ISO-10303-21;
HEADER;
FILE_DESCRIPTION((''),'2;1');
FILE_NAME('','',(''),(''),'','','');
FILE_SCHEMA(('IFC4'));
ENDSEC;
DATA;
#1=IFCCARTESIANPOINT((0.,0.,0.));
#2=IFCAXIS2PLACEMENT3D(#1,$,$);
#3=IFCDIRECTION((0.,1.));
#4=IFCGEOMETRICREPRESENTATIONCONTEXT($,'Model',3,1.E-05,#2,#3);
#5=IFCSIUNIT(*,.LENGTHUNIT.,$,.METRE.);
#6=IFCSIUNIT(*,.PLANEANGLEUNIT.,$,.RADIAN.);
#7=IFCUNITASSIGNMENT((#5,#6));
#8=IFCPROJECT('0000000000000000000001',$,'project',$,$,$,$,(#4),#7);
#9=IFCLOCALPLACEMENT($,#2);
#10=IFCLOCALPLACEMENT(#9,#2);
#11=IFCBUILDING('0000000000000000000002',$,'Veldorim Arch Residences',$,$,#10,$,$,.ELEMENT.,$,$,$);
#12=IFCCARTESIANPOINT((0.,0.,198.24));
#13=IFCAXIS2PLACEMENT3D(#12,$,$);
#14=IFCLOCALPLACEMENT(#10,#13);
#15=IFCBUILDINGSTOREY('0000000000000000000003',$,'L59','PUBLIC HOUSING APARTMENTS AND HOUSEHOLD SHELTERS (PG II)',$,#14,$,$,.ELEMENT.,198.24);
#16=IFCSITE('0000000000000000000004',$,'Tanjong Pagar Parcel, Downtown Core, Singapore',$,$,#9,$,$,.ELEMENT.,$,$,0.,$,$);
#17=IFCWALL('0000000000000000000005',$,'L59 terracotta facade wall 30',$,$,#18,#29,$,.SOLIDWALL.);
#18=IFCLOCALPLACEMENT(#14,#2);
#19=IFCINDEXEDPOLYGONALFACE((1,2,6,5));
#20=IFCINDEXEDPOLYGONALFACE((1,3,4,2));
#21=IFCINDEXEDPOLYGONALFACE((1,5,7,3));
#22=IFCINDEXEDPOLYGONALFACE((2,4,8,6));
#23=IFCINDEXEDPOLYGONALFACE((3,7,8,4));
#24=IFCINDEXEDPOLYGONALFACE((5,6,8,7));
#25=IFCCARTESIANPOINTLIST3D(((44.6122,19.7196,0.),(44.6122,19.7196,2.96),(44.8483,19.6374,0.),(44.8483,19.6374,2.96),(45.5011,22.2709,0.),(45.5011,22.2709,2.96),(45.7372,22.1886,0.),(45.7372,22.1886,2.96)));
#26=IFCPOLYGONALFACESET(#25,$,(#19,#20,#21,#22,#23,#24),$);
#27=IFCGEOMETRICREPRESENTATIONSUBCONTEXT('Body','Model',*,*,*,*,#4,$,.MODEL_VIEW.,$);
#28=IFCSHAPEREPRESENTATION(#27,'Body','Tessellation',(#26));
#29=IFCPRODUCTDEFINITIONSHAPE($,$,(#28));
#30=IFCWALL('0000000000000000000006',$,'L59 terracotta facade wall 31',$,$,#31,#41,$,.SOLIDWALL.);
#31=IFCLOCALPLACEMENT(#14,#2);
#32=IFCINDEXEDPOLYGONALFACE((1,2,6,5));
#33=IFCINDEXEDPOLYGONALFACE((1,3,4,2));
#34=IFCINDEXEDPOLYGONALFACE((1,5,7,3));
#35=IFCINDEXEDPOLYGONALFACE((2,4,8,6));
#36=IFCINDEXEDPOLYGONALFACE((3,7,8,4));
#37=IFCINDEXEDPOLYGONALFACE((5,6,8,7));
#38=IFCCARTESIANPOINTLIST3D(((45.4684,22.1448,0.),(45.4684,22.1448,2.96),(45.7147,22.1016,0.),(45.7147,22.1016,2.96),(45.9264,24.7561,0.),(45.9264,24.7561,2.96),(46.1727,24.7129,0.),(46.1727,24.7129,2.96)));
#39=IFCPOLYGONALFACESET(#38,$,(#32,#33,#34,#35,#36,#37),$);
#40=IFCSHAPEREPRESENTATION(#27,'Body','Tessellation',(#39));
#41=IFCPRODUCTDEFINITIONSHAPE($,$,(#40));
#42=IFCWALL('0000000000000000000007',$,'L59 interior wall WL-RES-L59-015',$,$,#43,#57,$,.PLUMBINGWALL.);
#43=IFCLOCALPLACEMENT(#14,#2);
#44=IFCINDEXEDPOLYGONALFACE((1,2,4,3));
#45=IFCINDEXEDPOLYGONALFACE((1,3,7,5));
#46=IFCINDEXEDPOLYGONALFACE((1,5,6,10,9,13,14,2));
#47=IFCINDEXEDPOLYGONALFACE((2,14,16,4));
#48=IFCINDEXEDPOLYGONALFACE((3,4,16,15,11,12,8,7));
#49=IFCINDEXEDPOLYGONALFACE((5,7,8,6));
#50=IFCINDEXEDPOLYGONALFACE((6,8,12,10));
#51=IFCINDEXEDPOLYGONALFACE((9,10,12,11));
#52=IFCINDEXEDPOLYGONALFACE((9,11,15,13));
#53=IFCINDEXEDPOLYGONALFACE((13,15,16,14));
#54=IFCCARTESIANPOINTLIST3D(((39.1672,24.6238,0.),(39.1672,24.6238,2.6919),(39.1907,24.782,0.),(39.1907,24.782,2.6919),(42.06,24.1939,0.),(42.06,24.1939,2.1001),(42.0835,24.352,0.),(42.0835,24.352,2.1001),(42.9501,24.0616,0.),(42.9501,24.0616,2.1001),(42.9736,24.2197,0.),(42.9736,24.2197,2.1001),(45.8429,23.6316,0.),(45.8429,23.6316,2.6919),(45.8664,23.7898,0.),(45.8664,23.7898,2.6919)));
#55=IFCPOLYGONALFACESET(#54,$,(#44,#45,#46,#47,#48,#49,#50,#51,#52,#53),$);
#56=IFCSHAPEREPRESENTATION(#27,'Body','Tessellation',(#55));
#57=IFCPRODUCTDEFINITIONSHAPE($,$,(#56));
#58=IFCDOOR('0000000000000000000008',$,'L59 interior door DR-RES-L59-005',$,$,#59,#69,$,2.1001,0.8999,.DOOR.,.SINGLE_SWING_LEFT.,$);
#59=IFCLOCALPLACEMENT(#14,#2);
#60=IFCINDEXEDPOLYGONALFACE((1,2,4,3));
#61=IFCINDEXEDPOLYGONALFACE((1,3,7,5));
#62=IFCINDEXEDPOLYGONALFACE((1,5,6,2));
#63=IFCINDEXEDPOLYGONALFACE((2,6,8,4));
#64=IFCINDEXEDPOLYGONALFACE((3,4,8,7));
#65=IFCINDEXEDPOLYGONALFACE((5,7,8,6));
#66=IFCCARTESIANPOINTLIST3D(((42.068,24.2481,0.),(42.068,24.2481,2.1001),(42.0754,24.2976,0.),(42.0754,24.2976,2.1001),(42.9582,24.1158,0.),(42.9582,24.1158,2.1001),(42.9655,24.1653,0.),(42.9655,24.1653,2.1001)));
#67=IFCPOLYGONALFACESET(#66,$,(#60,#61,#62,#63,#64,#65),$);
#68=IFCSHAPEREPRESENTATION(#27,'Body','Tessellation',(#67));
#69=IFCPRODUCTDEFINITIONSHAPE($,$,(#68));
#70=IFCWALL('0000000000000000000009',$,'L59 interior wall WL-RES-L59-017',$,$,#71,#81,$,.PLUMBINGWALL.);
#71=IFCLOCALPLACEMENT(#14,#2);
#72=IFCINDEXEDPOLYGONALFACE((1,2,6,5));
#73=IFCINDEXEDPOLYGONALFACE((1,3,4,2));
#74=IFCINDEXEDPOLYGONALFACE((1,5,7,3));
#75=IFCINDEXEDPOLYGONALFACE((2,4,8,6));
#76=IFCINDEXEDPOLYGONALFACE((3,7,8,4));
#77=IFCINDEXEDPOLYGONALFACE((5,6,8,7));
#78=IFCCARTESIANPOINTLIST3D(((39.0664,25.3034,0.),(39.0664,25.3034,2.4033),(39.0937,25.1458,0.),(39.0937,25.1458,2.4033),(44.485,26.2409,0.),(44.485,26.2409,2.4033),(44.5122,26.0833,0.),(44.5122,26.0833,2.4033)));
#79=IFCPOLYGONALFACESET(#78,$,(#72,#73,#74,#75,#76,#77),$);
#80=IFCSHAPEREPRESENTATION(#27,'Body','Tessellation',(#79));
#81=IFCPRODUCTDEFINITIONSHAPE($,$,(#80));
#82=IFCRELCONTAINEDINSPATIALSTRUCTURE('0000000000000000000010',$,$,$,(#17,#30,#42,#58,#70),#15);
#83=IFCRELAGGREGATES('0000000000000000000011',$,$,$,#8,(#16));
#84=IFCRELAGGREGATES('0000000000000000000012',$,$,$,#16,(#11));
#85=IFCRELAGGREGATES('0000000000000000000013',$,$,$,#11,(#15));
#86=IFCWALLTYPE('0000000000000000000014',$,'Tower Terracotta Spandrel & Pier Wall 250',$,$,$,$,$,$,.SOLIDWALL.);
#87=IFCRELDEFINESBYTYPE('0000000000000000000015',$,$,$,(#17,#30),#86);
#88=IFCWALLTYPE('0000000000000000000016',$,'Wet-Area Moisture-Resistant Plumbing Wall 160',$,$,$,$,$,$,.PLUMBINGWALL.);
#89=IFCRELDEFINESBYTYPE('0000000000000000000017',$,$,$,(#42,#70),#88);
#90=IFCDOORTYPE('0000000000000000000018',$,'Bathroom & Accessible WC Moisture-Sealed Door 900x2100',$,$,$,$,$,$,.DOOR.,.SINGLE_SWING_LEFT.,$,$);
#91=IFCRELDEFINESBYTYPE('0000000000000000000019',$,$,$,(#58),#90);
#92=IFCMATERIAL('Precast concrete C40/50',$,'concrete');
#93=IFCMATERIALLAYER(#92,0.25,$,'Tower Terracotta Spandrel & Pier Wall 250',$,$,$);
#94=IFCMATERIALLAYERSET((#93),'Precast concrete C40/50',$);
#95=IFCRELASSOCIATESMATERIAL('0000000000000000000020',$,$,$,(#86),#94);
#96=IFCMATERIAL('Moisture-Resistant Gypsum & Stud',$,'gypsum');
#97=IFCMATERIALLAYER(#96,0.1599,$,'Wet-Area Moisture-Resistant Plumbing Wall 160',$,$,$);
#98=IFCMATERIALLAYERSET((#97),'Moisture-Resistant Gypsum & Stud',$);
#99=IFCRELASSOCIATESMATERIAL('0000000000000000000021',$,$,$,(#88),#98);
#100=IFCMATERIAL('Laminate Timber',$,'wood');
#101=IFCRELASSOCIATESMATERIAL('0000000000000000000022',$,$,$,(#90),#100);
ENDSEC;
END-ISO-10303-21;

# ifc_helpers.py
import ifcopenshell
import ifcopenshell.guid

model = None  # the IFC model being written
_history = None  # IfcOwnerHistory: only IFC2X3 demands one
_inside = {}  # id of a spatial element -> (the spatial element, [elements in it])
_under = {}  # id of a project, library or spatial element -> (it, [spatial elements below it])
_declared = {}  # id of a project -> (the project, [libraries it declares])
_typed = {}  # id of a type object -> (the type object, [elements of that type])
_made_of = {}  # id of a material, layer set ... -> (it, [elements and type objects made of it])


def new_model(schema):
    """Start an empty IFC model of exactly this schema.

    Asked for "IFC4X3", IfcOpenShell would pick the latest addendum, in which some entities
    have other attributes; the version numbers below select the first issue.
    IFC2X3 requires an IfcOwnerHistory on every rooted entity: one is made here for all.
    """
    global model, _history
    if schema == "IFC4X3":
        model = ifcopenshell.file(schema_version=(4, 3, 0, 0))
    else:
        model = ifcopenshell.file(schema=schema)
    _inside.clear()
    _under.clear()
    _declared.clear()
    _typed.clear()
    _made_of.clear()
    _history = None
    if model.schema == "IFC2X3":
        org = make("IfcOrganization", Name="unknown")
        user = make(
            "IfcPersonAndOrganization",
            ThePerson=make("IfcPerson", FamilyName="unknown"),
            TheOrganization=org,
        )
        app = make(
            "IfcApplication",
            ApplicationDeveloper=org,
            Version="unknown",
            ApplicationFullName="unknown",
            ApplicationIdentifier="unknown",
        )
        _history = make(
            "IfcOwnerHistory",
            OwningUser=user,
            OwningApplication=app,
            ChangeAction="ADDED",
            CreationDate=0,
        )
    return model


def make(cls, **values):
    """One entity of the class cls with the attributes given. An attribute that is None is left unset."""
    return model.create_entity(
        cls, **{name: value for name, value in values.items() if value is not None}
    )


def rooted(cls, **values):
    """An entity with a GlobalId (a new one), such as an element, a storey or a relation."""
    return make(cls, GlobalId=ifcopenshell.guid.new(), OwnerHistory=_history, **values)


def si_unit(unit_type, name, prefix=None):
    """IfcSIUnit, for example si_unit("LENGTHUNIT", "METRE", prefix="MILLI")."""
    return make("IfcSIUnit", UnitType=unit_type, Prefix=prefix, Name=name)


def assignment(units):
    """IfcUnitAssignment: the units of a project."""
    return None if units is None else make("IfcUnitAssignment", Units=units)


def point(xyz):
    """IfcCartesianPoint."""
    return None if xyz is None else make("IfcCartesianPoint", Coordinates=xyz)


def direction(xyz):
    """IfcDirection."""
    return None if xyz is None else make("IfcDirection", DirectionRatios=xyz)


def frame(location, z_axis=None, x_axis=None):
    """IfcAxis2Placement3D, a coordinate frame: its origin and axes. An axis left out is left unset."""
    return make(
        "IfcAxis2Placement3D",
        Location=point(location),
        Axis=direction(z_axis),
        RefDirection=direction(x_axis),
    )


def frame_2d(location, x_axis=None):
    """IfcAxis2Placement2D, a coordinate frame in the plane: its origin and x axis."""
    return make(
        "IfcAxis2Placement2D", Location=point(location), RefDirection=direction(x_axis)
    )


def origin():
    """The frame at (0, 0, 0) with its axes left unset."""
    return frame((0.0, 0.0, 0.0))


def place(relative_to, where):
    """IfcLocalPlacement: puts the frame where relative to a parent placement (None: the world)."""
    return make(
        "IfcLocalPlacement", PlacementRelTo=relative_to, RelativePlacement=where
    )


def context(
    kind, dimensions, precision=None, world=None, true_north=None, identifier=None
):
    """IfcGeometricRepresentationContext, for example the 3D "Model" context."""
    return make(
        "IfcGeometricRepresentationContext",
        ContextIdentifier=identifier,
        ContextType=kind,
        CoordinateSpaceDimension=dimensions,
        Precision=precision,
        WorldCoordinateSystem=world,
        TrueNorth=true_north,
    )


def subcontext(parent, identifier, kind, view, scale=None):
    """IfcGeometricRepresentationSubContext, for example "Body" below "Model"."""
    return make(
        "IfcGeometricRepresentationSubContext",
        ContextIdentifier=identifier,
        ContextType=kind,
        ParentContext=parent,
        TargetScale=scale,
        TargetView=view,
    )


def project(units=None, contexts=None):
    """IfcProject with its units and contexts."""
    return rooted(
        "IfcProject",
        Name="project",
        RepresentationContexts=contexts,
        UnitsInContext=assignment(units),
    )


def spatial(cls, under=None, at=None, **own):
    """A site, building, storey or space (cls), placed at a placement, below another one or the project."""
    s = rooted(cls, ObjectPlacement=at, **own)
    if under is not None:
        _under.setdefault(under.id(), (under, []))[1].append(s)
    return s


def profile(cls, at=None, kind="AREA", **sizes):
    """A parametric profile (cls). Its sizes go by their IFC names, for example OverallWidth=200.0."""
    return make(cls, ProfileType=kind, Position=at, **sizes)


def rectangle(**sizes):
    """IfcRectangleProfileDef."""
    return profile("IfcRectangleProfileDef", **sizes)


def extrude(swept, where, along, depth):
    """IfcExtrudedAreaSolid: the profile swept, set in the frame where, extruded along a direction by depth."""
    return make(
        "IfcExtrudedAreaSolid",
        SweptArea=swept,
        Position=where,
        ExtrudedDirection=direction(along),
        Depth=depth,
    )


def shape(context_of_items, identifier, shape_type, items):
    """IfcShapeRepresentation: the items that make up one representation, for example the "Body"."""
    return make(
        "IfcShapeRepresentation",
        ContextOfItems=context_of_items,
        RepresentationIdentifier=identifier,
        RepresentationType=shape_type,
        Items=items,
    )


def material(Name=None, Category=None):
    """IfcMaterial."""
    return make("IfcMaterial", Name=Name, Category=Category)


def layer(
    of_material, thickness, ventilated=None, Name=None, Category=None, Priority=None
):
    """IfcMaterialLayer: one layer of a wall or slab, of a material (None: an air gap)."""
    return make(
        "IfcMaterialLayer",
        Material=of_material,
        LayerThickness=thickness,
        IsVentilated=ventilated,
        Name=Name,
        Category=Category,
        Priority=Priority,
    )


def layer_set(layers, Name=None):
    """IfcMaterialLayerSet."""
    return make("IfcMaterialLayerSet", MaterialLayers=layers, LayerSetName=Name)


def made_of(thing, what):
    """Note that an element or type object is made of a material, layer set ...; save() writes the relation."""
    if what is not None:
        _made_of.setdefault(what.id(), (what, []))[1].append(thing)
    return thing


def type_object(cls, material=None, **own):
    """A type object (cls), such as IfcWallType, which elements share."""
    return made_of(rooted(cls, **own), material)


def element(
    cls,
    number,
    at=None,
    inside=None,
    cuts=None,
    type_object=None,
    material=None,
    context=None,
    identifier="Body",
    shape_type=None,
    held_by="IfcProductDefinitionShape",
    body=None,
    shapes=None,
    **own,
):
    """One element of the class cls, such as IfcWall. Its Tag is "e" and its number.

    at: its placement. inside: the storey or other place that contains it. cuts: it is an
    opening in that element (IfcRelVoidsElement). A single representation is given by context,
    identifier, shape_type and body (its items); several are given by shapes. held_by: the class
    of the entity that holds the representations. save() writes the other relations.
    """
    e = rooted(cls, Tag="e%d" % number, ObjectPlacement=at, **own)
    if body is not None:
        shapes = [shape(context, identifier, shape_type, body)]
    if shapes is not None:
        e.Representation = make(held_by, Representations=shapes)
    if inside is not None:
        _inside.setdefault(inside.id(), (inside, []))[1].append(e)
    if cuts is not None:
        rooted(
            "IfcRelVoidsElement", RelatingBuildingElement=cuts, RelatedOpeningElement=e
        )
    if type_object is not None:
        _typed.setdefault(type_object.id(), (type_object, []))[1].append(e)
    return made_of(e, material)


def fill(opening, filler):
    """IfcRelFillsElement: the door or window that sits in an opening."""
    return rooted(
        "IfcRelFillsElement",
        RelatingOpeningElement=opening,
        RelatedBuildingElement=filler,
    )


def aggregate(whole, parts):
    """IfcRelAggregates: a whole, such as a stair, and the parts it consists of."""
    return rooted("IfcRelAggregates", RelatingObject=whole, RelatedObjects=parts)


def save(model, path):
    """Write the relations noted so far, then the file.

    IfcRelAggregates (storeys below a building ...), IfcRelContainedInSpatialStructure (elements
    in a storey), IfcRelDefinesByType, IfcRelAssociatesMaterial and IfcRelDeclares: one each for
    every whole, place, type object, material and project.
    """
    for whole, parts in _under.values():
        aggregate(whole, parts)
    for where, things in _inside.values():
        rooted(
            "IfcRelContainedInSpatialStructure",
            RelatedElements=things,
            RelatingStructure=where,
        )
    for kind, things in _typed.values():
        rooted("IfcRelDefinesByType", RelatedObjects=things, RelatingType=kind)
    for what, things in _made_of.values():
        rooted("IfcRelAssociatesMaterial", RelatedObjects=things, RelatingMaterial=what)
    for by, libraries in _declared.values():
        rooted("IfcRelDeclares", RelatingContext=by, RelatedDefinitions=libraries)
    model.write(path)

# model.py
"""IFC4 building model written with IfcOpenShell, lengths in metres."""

from ifc_helpers import new_model, si_unit, direction, frame, frame_2d, origin, place, context, subcontext, project, spatial, rectangle, extrude, material, layer, layer_set, type_object, element, fill, save


model = new_model("IFC4")

# Units and contexts
model_context = context("Model", 3, precision=1e-05, world=origin(), true_north=direction((0.0, 1.0)))
body_context = subcontext(model_context, "Body", "Model", "MODEL_VIEW")
ifc_project = project(units=[si_unit("LENGTHUNIT", "METRE"), si_unit("PLANEANGLEUNIT", "RADIAN")], contexts=[model_context])

# Site, building, storey
site_placement = place(None, origin())
site = spatial("IfcSite", under=ifc_project, at=site_placement, Name="Tanjong Pagar Parcel, Downtown Core, Singapore", CompositionType="ELEMENT", RefElevation=0.0)
building_placement = place(site_placement, origin())
building = spatial("IfcBuilding", under=site, at=building_placement, Name="Veldorim Arch Residences", CompositionType="ELEMENT")
storey_placement = place(building_placement, frame((0.0, 0.0, 198.24)))
storey = spatial("IfcBuildingStorey", under=building, at=storey_placement, Name="L59", Description="PUBLIC HOUSING APARTMENTS AND HOUSEHOLD SHELTERS (PG II)", CompositionType="ELEMENT", Elevation=198.24)

# Shared definitions
ifc_material_1 = material(Name="Precast concrete C40/50", Category="concrete")
ifc_layer_1 = layer(ifc_material_1, 0.25, Name="Tower Terracotta Spandrel & Pier Wall 250")
ifc_layer_set_1 = layer_set([ifc_layer_1], Name="Precast concrete C40/50")
wall_type_1 = type_object("IfcWallType", Name="Tower Terracotta Spandrel & Pier Wall 250", PredefinedType="SOLIDWALL", material=ifc_layer_set_1)

# Walls
wall_1_placement = place(storey_placement, frame((45.6191, 22.2297, 0.0), z_axis=(0.0, 0.0, 1.0), x_axis=(-0.329022, -0.944322, 0.0)))
element("IfcWall", 1, at=wall_1_placement, inside=storey, type_object=wall_type_1, Name="L59 terracotta facade wall 30", PredefinedType="SOLIDWALL", context=body_context, shape_type="SweptSolid", body=[
    extrude(rectangle(XDim=2.7017, YDim=0.25, at=frame_2d((1.3508, 0.0))), origin(), (0.0, 0.0, 1.0), 2.96),
])
wall_2_placement = place(storey_placement, frame((46.0496, 24.7346, 0.0), z_axis=(0.0, 0.0, 1.0), x_axis=(-0.172756, -0.984965, 0.0)))
element("IfcWall", 2, at=wall_2_placement, inside=storey, type_object=wall_type_1, Name="L59 terracotta facade wall 31", PredefinedType="SOLIDWALL", context=body_context, shape_type="SweptSolid", body=[
    extrude(rectangle(XDim=2.6511, YDim=0.25, at=frame_2d((1.3257, 0.0))), origin(), (0.0, 0.0, 1.0), 2.96),
])

# Wall, opening, door
ifc_material_2 = material(Name="Moisture-Resistant Gypsum & Stud", Category="gypsum")
ifc_layer_2 = layer(ifc_material_2, 0.1599, Name="Wet-Area Moisture-Resistant Plumbing Wall 160")
ifc_layer_set_2 = layer_set([ifc_layer_2], Name="Moisture-Resistant Gypsum & Stud")
wall_type_2 = type_object("IfcWallType", Name="Wet-Area Moisture-Resistant Plumbing Wall 160", PredefinedType="PLUMBINGWALL", material=ifc_layer_set_2)
wall_3_placement = place(storey_placement, frame((39.179, 24.7029, 0.0), z_axis=(0.0, 0.0, 1.0), x_axis=(0.989135, -0.14701, 0.0)))
wall_3 = element("IfcWall", 3, at=wall_3_placement, inside=storey, type_object=wall_type_2, Name="L59 interior wall WL-RES-L59-015", PredefinedType="PLUMBINGWALL", context=body_context, shape_type="SweptSolid", body=[
    extrude(rectangle(XDim=6.749, YDim=0.1599, at=frame_2d((3.3745, 0.0))), origin(), (0.0, 0.0, 1.0), 2.6919),
])
opening_1_placement = place(wall_3_placement, frame((2.9246, 0.0, 0.0)))
opening_1 = element("IfcOpeningElement", 4, at=opening_1_placement, cuts=wall_3, PredefinedType="OPENING", context=body_context, shape_type="SweptSolid", body=[
    extrude(rectangle(XDim=0.8999, YDim=2.1001, at=frame_2d((0.45, 1.05))), frame((0.0, 0.0898, 0.0), z_axis=(0.0, -1.0, 0.0), x_axis=(1.0, 0.0, 0.0)), (0.0, 0.0, 1.0), 0.1799),
])
ifc_material_3 = material(Name="Laminate Timber", Category="wood")
door_type = type_object("IfcDoorType", Name="Bathroom & Accessible WC Moisture-Sealed Door 900x2100", OperationType="SINGLE_SWING_LEFT", PredefinedType="DOOR", material=ifc_material_3)
door_placement = place(opening_1_placement, origin())
door = element("IfcDoor", 5, at=door_placement, inside=storey, type_object=door_type, Name="L59 interior door DR-RES-L59-005", OperationType="SINGLE_SWING_LEFT", OverallHeight=2.1001, OverallWidth=0.8999, PredefinedType="DOOR", context=body_context, shape_type="SweptSolid", body=[
    extrude(rectangle(XDim=0.8999, YDim=2.1001, at=frame_2d((0.45, 1.05))), frame((0.0, 0.0249, 0.0), z_axis=(0.0, -1.0, 0.0), x_axis=(1.0, 0.0, 0.0)), (0.0, 0.0, 1.0), 0.05),
])
fill(opening_1, door)

# Wall
wall_4_placement = place(storey_placement, frame((39.0801, 25.2246, 0.0), z_axis=(0.0, 0.0, 1.0), x_axis=(0.98536, 0.170487, 0.0)))
element("IfcWall", 6, at=wall_4_placement, inside=storey, type_object=wall_type_2, Name="L59 interior wall WL-RES-L59-017", PredefinedType="PLUMBINGWALL", context=body_context, shape_type="SweptSolid", body=[
    extrude(rectangle(XDim=5.499, YDim=0.1599, at=frame_2d((2.7495, 0.0))), origin(), (0.0, 0.0, 1.0), 2.4033),
])

save(model, "model.ifc")
